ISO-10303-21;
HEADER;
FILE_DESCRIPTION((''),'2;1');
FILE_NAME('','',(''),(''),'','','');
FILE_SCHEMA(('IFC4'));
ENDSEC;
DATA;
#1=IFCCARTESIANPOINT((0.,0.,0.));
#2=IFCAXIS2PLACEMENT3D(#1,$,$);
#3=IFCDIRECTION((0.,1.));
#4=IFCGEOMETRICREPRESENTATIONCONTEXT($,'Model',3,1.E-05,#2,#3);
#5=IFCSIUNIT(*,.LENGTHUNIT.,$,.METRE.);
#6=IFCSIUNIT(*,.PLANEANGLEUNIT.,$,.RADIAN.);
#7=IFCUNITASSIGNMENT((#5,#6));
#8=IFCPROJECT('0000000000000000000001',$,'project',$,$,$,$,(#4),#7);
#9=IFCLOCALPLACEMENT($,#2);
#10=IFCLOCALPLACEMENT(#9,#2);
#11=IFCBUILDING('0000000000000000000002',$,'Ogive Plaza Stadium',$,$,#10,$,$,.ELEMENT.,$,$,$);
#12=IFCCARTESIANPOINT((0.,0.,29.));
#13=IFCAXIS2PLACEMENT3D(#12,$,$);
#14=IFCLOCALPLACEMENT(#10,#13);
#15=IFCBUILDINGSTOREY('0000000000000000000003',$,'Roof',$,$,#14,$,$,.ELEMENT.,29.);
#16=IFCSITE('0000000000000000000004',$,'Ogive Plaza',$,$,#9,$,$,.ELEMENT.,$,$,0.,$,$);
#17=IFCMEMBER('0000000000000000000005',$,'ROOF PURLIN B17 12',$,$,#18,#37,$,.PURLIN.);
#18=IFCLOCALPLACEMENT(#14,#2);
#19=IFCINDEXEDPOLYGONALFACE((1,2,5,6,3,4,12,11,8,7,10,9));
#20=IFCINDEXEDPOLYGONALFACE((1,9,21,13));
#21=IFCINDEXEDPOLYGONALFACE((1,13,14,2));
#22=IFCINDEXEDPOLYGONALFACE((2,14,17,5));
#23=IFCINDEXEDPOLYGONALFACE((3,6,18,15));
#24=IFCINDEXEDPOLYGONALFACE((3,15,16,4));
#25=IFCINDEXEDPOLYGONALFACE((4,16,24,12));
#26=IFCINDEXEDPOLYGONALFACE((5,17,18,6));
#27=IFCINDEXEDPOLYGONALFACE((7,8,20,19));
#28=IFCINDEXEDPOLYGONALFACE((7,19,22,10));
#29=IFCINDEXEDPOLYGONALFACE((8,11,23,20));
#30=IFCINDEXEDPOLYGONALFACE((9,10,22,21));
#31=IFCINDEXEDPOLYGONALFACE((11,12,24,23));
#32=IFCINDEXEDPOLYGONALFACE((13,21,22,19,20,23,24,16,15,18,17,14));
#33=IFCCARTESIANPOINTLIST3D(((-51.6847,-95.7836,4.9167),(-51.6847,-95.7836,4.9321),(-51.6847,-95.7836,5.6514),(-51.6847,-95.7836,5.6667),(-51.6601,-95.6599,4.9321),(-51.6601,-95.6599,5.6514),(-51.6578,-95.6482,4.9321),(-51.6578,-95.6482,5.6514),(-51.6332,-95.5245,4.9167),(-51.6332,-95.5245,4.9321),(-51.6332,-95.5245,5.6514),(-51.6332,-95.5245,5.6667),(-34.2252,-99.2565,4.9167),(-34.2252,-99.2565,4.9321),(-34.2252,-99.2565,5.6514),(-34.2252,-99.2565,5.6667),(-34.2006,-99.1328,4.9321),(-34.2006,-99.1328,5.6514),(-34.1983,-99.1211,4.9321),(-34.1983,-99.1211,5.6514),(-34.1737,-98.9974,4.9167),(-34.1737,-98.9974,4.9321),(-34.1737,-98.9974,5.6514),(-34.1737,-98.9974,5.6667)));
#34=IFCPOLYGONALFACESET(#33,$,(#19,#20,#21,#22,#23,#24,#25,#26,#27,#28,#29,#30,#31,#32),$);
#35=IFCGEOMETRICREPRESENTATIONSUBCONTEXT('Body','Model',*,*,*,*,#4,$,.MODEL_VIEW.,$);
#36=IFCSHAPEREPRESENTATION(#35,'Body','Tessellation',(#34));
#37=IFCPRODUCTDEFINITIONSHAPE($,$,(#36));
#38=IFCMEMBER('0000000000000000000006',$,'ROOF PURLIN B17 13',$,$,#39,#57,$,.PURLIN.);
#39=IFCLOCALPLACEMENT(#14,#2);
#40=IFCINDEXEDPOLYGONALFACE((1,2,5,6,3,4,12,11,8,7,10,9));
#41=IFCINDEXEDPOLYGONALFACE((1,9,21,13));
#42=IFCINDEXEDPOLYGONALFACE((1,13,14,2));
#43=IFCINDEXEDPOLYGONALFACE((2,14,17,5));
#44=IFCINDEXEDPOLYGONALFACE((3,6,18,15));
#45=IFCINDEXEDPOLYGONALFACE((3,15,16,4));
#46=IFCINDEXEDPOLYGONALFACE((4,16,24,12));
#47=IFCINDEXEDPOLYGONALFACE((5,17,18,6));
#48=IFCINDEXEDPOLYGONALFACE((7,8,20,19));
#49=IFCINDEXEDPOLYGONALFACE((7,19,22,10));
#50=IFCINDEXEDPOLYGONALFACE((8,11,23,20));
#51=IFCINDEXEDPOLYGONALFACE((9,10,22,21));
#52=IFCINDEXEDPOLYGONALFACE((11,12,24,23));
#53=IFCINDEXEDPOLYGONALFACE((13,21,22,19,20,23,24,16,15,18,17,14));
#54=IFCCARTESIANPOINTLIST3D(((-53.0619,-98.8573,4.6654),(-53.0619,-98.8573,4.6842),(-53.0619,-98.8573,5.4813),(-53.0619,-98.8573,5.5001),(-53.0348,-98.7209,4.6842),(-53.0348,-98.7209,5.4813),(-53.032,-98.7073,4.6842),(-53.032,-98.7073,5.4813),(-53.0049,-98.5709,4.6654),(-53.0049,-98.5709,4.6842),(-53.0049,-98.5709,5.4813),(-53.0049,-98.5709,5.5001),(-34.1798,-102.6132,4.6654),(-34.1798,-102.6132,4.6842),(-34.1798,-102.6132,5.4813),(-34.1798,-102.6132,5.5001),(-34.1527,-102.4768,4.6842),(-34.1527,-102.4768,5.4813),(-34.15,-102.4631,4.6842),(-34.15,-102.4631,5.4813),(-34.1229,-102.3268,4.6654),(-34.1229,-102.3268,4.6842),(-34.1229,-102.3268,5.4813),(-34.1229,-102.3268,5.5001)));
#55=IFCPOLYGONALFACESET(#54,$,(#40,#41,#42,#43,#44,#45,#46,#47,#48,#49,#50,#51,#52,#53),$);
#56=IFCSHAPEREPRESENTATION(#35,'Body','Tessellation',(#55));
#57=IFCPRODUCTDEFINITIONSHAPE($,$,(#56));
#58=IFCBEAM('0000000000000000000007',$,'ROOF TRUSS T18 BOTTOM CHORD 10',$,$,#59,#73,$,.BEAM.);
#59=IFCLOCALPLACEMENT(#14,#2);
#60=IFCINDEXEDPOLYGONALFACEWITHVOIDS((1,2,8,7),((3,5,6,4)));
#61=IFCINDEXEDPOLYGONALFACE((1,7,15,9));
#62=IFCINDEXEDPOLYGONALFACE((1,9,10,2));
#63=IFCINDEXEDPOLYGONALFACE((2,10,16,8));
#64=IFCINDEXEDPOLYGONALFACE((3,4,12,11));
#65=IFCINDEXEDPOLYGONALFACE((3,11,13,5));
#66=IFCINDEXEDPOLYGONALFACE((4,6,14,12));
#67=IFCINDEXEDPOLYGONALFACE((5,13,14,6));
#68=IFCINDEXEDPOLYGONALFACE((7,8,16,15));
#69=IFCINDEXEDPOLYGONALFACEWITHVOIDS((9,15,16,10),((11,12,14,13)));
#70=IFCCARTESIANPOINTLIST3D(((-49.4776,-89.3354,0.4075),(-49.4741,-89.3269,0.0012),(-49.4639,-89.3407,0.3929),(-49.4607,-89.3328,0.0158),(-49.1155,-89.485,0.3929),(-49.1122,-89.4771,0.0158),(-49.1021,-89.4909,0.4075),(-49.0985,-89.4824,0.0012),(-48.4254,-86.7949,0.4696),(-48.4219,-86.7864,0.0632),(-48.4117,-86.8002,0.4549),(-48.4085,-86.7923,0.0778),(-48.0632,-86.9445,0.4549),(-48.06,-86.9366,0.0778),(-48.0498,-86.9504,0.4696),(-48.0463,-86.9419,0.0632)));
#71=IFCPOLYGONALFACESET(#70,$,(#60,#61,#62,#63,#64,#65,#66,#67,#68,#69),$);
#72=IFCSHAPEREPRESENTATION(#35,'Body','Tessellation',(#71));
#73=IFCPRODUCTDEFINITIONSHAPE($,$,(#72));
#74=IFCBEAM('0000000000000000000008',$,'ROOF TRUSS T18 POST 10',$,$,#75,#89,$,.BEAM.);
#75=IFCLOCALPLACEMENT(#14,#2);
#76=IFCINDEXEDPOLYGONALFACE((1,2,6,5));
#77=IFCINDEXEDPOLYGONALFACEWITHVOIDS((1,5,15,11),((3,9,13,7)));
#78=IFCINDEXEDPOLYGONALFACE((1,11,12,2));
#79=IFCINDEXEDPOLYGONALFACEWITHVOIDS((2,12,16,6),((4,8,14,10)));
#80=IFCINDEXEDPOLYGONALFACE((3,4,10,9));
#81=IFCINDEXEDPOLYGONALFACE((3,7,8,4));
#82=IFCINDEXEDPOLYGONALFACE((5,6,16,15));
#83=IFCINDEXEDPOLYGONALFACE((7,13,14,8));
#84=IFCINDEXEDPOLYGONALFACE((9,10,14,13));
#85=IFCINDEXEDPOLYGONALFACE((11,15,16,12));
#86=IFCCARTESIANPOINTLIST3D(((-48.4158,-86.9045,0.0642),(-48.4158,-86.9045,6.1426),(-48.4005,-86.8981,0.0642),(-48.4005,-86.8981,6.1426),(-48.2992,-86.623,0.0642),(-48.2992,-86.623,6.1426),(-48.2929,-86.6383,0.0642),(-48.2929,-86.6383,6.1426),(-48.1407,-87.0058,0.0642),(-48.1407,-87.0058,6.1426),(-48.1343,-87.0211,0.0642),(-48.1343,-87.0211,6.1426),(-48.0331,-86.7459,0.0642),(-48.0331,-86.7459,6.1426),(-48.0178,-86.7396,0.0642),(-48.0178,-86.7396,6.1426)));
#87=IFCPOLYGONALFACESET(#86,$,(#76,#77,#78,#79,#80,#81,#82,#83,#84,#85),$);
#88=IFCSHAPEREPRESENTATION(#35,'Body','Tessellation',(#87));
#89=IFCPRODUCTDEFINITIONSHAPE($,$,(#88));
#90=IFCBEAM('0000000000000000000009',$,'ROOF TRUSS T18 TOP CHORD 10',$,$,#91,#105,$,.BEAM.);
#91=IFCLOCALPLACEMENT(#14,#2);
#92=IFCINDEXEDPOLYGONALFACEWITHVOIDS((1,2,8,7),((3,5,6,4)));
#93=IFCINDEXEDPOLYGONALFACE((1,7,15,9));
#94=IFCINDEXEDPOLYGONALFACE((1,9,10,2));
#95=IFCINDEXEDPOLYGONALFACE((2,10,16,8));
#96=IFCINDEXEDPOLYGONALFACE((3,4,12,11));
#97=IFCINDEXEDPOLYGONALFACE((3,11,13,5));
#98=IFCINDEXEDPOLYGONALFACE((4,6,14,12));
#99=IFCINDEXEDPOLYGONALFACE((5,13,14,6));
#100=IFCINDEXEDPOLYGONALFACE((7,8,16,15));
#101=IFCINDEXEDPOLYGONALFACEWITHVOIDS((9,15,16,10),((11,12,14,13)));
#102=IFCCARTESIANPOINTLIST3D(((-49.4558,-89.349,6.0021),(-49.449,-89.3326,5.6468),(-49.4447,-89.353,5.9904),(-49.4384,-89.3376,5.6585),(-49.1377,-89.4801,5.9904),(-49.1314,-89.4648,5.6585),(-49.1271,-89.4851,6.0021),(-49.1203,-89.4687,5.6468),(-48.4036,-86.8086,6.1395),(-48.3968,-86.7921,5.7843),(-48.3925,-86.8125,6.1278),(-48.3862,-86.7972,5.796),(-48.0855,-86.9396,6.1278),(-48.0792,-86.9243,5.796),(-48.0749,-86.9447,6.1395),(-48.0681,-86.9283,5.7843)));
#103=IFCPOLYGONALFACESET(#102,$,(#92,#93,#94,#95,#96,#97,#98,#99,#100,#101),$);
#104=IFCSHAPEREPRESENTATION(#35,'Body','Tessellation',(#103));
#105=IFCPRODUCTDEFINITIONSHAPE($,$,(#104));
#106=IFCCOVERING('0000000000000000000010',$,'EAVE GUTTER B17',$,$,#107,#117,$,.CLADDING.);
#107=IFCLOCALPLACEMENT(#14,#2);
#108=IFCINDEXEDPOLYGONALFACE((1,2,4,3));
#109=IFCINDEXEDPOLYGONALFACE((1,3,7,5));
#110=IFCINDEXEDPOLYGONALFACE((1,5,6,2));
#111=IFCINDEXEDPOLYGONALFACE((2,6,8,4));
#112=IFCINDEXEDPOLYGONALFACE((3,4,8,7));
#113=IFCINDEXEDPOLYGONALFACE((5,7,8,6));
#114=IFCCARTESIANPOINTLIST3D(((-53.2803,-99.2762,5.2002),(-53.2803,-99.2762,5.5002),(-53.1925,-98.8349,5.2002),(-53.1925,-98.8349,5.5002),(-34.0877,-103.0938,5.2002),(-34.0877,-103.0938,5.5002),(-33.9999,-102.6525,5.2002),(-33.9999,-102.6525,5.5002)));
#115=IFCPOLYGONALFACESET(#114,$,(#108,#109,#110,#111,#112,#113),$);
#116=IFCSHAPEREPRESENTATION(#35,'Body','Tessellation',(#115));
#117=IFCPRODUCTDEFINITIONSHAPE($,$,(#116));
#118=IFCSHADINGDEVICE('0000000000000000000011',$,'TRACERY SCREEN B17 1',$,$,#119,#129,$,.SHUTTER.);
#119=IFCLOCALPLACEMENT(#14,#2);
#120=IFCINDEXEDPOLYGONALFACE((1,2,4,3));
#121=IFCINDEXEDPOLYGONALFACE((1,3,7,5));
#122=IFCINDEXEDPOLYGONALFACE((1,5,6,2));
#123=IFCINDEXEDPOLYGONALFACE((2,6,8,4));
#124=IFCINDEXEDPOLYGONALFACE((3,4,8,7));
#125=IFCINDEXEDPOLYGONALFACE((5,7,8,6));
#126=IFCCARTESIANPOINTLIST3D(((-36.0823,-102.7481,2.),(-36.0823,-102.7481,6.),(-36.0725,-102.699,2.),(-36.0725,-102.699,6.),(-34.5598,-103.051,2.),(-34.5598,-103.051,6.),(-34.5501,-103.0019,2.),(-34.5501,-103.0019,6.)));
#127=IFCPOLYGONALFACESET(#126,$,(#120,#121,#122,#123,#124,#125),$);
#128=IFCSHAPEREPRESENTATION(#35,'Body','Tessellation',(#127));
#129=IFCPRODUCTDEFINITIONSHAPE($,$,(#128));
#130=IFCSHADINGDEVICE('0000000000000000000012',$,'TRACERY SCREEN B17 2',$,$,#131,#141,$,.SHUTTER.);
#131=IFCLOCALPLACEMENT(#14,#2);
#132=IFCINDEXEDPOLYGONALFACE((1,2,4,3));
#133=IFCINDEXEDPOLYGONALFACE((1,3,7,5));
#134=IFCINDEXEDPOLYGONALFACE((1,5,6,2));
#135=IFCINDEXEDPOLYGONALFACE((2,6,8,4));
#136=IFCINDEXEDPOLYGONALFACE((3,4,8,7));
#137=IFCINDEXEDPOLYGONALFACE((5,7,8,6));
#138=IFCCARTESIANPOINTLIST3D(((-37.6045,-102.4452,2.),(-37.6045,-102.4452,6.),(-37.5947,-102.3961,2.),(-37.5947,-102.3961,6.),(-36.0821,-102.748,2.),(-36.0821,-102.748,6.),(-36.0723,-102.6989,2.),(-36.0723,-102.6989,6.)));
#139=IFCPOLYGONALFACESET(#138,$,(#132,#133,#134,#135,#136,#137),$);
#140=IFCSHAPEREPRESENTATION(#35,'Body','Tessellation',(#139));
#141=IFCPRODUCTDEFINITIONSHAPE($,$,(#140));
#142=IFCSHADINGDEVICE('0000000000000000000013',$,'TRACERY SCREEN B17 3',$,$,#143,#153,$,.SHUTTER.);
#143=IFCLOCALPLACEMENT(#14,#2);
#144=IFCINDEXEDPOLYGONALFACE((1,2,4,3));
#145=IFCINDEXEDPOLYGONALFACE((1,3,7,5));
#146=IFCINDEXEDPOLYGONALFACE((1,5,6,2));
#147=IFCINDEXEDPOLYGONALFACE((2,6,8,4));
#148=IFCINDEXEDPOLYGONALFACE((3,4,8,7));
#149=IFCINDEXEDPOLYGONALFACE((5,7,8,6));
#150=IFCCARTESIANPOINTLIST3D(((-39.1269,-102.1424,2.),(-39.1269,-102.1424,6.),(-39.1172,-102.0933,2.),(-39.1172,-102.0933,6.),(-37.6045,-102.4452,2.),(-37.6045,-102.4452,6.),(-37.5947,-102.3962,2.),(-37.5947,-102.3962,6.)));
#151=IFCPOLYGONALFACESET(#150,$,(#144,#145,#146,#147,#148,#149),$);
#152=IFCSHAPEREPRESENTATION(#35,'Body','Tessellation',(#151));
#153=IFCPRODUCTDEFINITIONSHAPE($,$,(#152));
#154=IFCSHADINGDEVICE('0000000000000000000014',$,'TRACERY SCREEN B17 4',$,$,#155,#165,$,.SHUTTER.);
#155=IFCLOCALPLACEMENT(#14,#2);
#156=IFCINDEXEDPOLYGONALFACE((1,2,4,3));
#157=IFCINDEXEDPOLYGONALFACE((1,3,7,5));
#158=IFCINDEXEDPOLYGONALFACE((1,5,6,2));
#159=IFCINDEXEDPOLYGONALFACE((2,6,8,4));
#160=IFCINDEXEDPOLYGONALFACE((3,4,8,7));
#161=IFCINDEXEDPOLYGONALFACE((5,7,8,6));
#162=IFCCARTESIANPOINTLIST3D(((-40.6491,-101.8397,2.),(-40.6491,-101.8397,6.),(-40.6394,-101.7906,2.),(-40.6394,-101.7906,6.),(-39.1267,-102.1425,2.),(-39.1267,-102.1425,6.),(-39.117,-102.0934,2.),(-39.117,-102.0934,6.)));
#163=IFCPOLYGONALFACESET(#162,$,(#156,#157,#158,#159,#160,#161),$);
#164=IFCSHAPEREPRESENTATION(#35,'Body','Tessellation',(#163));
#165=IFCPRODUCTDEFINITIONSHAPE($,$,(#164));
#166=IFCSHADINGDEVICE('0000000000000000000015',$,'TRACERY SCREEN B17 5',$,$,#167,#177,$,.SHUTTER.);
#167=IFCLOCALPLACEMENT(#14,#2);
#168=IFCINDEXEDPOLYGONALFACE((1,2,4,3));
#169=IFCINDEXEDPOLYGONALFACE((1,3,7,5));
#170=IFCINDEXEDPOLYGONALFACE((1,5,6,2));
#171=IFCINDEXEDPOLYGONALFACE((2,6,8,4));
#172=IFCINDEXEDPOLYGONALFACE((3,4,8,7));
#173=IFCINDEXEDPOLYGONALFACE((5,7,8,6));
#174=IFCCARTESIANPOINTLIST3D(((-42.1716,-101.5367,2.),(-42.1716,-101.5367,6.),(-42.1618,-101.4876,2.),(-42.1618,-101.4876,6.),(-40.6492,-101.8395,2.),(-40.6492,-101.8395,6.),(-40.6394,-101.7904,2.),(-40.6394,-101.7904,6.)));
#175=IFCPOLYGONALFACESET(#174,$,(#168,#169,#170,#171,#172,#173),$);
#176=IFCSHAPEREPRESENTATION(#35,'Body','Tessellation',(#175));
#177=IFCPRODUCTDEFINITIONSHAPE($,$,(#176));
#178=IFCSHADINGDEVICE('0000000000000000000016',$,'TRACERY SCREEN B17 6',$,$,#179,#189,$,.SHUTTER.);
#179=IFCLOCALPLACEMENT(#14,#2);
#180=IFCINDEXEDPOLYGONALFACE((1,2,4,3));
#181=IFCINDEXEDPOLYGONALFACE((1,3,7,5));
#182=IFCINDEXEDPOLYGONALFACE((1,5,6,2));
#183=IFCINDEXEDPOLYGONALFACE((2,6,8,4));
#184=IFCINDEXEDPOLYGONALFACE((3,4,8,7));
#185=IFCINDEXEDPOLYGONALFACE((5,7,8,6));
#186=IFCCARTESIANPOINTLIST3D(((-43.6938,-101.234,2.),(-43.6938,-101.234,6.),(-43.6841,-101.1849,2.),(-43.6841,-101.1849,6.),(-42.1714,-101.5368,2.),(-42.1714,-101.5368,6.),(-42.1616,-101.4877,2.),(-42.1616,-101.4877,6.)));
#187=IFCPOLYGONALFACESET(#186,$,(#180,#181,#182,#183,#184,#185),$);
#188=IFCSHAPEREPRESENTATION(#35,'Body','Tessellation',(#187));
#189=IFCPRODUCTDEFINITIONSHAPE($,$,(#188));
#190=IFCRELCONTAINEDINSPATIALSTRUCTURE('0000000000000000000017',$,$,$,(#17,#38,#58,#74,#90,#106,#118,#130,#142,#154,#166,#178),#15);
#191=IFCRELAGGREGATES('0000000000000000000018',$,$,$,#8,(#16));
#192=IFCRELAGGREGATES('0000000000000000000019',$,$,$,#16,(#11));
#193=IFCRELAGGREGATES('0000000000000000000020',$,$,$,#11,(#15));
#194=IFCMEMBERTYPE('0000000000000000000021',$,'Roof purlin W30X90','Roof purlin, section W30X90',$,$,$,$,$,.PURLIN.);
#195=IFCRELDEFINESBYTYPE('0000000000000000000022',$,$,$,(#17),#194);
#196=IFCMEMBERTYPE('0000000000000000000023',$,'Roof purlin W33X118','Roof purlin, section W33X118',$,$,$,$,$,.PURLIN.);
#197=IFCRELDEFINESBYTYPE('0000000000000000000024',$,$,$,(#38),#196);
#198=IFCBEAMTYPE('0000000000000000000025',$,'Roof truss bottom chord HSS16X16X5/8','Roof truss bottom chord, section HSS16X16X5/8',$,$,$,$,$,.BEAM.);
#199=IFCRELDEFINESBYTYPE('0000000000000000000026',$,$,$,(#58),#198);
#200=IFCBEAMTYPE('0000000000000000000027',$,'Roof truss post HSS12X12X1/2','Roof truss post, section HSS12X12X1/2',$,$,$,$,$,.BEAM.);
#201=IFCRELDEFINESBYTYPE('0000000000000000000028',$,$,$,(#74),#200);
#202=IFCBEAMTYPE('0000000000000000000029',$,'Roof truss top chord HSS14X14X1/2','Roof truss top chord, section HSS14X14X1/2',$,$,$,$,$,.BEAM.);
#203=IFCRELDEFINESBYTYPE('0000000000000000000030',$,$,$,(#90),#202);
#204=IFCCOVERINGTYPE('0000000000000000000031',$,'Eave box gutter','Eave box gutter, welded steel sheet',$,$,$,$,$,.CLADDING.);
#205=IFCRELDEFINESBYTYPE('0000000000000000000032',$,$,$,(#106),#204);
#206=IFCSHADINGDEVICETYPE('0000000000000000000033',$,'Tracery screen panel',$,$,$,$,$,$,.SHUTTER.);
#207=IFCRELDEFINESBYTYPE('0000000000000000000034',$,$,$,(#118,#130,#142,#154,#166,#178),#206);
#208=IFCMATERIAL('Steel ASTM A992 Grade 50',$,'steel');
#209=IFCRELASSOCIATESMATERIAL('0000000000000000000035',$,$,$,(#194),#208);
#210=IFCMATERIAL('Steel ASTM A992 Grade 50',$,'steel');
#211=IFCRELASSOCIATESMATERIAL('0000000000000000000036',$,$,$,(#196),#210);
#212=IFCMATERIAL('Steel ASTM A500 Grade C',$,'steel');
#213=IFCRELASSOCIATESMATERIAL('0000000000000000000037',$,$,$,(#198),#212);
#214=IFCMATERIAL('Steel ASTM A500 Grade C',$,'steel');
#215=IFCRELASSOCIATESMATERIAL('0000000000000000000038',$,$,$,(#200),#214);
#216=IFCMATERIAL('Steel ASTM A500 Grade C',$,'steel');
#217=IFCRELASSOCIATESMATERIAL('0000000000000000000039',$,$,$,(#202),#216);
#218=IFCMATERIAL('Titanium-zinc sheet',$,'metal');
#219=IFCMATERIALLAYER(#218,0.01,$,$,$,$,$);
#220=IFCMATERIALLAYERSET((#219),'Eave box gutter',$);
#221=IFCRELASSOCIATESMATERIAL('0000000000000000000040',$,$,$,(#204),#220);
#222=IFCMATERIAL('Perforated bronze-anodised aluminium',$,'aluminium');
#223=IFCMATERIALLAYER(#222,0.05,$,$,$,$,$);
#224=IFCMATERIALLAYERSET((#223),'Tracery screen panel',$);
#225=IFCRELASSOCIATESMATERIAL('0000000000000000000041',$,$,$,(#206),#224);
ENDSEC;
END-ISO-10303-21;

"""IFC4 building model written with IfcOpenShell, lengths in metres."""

from ifc_helpers import new_model, si_unit, direction, frame, origin, origin_2d, place, context, subcontext, project, spatial, rectangle, hollow_rectangle, i_section, extrude, material, layer, layer_set, material_profile, profile_set, type_object, element, save


model = new_model("IFC4")

# Units and contexts
model_context = context("Model", 3, precision=1e-05, world=origin(), true_north=direction((0.0, 1.0)))
body_context = subcontext(model_context, "Body", "Model", "MODEL_VIEW")
ifc_project = project(units=[si_unit("LENGTHUNIT", "METRE"), si_unit("PLANEANGLEUNIT", "RADIAN")], contexts=[model_context])

# Site, building, storey
site_placement = place(None, origin())
site = spatial("IfcSite", under=ifc_project, at=site_placement, Name="Ogive Plaza", CompositionType="ELEMENT", RefElevation=0.0)
building_placement = place(site_placement, origin())
building = spatial("IfcBuilding", under=site, at=building_placement, Name="Ogive Plaza Stadium", CompositionType="ELEMENT")
storey_placement = place(building_placement, frame((0.0, 0.0, 29.0)))
storey = spatial("IfcBuildingStorey", under=building, at=storey_placement, Name="Roof", CompositionType="ELEMENT", Elevation=29.0)

# Members
ifc_material_1 = material(Name="Steel ASTM A992 Grade 50", Category="steel")
ifc_material_profile_1 = material_profile(ifc_material_1, i_section(OverallWidth=0.2642, OverallDepth=0.75, WebThickness=0.012, FlangeThickness=0.0154, at=origin_2d()), Name="W30X90")
ifc_profile_set_1 = profile_set([ifc_material_profile_1], Name="Steel ASTM A992 Grade 50")
member_type_1 = type_object("IfcMemberType", Name="Roof purlin W30X90", Description="Roof purlin, section W30X90", PredefinedType="PURLIN", material=ifc_profile_set_1)
member_1_placement = place(storey_placement, frame((-34.1995, -99.127, 5.2917), z_axis=(-0.980785, 0.19509, 0.0), x_axis=(-0.19509, -0.980785, 0.0)))
element("IfcMember", 1, at=member_1_placement, inside=storey, type_object=member_type_1, Name="ROOF PURLIN B17 12", PredefinedType="PURLIN", context=body_context, shape_type="SweptSolid", body=[
    extrude(i_section(OverallWidth=0.2642, OverallDepth=0.75, WebThickness=0.012, FlangeThickness=0.0154, at=origin_2d()), origin(), (0.0, 0.0, 1.0), 17.8015),
])
ifc_material_2 = material(Name="Steel ASTM A992 Grade 50", Category="steel")
ifc_material_profile_2 = material_profile(ifc_material_2, i_section(OverallWidth=0.292, OverallDepth=0.8347, WebThickness=0.0139, FlangeThickness=0.0188, at=origin_2d()), Name="W33X118")
ifc_profile_set_2 = profile_set([ifc_material_profile_2], Name="Steel ASTM A992 Grade 50")
member_type_2 = type_object("IfcMemberType", Name="Roof purlin W33X118", Description="Roof purlin, section W33X118", PredefinedType="PURLIN", material=ifc_profile_set_2)
member_2_placement = place(storey_placement, frame((-34.1514, -102.47, 5.0828), z_axis=(-0.980785, 0.195089, 0.0), x_axis=(-0.195089, -0.980785, 0.0)))
element("IfcMember", 2, at=member_2_placement, inside=storey, type_object=member_type_2, Name="ROOF PURLIN B17 13", PredefinedType="PURLIN", context=body_context, shape_type="SweptSolid", body=[
    extrude(i_section(OverallWidth=0.292, OverallDepth=0.8347, WebThickness=0.0139, FlangeThickness=0.0188, at=origin_2d()), origin(), (0.0, 0.0, 1.0), 19.252),
])

# Beams
ifc_material_3 = material(Name="Steel ASTM A500 Grade C", Category="steel")
ifc_material_profile_3 = material_profile(ifc_material_3, hollow_rectangle(XDim=0.4065, YDim=0.4065, WallThickness=0.0146, at=origin_2d()), Name="HSS16X16X5/8")
ifc_profile_set_3 = profile_set([ifc_material_profile_3], Name="Steel ASTM A500 Grade C")
beam_type_1 = type_object("IfcBeamType", Name="Roof truss bottom chord HSS16X16X5/8", Description="Roof truss bottom chord, section HSS16X16X5/8", PredefinedType="BEAM", material=ifc_profile_set_3)
beam_1_placement = place(storey_placement, frame((-48.2358, -86.8684, 0.2664), z_axis=(-0.382563, -0.923654, -0.022545), x_axis=(0.923889, -0.38266, 0.0)))
element("IfcBeam", 3, at=beam_1_placement, inside=storey, type_object=beam_type_1, Name="ROOF TRUSS T18 BOTTOM CHORD 10", PredefinedType="BEAM", context=body_context, shape_type="SweptSolid", body=[
    extrude(hollow_rectangle(XDim=0.4065, YDim=0.4065, WallThickness=0.0146, at=origin_2d()), origin(), (0.0, 0.0, 1.0), 2.7505),
])
ifc_material_4 = material(Name="Steel ASTM A500 Grade C", Category="steel")
ifc_material_profile_4 = material_profile(ifc_material_4, hollow_rectangle(XDim=0.3047, YDim=0.3047, WallThickness=0.0117, at=origin_2d()), Name="HSS12X12X1/2")
ifc_profile_set_4 = profile_set([ifc_material_profile_4], Name="Steel ASTM A500 Grade C")
beam_type_2 = type_object("IfcBeamType", Name="Roof truss post HSS12X12X1/2", Description="Roof truss post, section HSS12X12X1/2", PredefinedType="BEAM", material=ifc_profile_set_4)
beam_2_placement = place(storey_placement, frame((-48.2168, -86.822, 0.0642), z_axis=(0.0, 0.0, 1.0), x_axis=(0.92388, -0.382683, 0.0)))
element("IfcBeam", 4, at=beam_2_placement, inside=storey, type_object=beam_type_2, Name="ROOF TRUSS T18 POST 10", PredefinedType="BEAM", context=body_context, shape_type="SweptSolid", body=[
    extrude(hollow_rectangle(XDim=0.3047, YDim=0.3047, WallThickness=0.0117, at=origin_2d()), origin(), (0.0, 0.0, 1.0), 6.0784),
])
ifc_material_5 = material(Name="Steel ASTM A500 Grade C", Category="steel")
ifc_material_profile_5 = material_profile(ifc_material_5, hollow_rectangle(XDim=0.3557, YDim=0.3557, WallThickness=0.0117, at=origin_2d()), Name="HSS14X14X1/2")
ifc_profile_set_5 = profile_set([ifc_material_profile_5], Name="Steel ASTM A500 Grade C")
beam_type_3 = type_object("IfcBeamType", Name="Roof truss top chord HSS14X14X1/2", Description="Roof truss top chord, section HSS14X14X1/2", PredefinedType="BEAM", material=ifc_profile_set_5)
beam_3_placement = place(storey_placement, frame((-48.2358, -86.8684, 5.9619), z_axis=(-0.382183, -0.922737, -0.049923), x_axis=(0.923889, -0.38266, 0.0)))
element("IfcBeam", 5, at=beam_3_placement, inside=storey, type_object=beam_type_3, Name="ROOF TRUSS T18 TOP CHORD 10", PredefinedType="BEAM", context=body_context, shape_type="SweptSolid", body=[
    extrude(hollow_rectangle(XDim=0.3557, YDim=0.3557, WallThickness=0.0117, at=origin_2d()), origin(), (0.0, 0.0, 1.0), 2.7532),
])

# Covering
ifc_material_6 = material(Name="Titanium-zinc sheet", Category="metal")
ifc_layer_1 = layer(ifc_material_6, 0.01)
ifc_layer_set_1 = layer_set([ifc_layer_1], Name="Eave box gutter")
covering_type = type_object("IfcCoveringType", Name="Eave box gutter", Description="Eave box gutter, welded steel sheet", PredefinedType="CLADDING", material=ifc_layer_set_1)
covering_placement = place(storey_placement, frame((-43.6401, -100.9644, 5.2002), z_axis=(0.0, 0.0, 1.0), x_axis=(-0.980785, 0.19509, 0.0)))
element("IfcCovering", 6, at=covering_placement, inside=storey, type_object=covering_type, Name="EAVE GUTTER B17", PredefinedType="CLADDING", context=body_context, shape_type="SweptSolid", body=[
    extrude(rectangle(XDim=19.5686, YDim=0.45, at=origin_2d()), origin(), (0.0, 0.0, 1.0), 0.3),
])

# Shading devices
ifc_material_7 = material(Name="Perforated bronze-anodised aluminium", Category="aluminium")
ifc_layer_2 = layer(ifc_material_7, 0.05)
ifc_layer_set_2 = layer_set([ifc_layer_2], Name="Tracery screen panel")
shading_device_type = type_object("IfcShadingDeviceType", Name="Tracery screen panel", PredefinedType="SHUTTER", material=ifc_layer_set_2)
for number, where, z_axis, x_axis, name in (
    (7, (-35.3162, -102.875, 2.0), (0.0, 0.0, 1.0), (-0.980785, 0.19509, 0.0), "TRACERY SCREEN B17 1"),
    (8, (-36.8384, -102.572, 2.0), (0.0, 0.0, 1.0), (-0.980785, 0.19509, 0.0), "TRACERY SCREEN B17 2"),
    (9, (-38.3608, -102.2693, 2.0), (0.0, 0.0, 1.0), (-0.980785, 0.19509, 0.0), "TRACERY SCREEN B17 3"),
    (10, (-39.8831, -101.9666, 2.0), (0.0, 0.0, 1.0), (-0.980785, 0.19509, 0.0), "TRACERY SCREEN B17 4"),
    (11, (-41.4055, -101.6636, 2.0), (0.0, 0.0, 1.0), (-0.980785, 0.19509, 0.0), "TRACERY SCREEN B17 5"),
    (12, (-42.9277, -101.3608, 2.0), (0.0, 0.0, 1.0), (-0.980785, 0.19509, 0.0), "TRACERY SCREEN B17 6"),
):
    element("IfcShadingDevice", number, at=place(storey_placement, frame(where, z_axis=z_axis, x_axis=x_axis)), inside=storey, type_object=shading_device_type, Name=name, PredefinedType="SHUTTER", context=body_context, shape_type="SweptSolid", body=[
        extrude(rectangle(XDim=1.5522, YDim=0.05, at=origin_2d()), origin(), (0.0, 0.0, 1.0), 4.0),
    ])

save(model, "model.ifc")
